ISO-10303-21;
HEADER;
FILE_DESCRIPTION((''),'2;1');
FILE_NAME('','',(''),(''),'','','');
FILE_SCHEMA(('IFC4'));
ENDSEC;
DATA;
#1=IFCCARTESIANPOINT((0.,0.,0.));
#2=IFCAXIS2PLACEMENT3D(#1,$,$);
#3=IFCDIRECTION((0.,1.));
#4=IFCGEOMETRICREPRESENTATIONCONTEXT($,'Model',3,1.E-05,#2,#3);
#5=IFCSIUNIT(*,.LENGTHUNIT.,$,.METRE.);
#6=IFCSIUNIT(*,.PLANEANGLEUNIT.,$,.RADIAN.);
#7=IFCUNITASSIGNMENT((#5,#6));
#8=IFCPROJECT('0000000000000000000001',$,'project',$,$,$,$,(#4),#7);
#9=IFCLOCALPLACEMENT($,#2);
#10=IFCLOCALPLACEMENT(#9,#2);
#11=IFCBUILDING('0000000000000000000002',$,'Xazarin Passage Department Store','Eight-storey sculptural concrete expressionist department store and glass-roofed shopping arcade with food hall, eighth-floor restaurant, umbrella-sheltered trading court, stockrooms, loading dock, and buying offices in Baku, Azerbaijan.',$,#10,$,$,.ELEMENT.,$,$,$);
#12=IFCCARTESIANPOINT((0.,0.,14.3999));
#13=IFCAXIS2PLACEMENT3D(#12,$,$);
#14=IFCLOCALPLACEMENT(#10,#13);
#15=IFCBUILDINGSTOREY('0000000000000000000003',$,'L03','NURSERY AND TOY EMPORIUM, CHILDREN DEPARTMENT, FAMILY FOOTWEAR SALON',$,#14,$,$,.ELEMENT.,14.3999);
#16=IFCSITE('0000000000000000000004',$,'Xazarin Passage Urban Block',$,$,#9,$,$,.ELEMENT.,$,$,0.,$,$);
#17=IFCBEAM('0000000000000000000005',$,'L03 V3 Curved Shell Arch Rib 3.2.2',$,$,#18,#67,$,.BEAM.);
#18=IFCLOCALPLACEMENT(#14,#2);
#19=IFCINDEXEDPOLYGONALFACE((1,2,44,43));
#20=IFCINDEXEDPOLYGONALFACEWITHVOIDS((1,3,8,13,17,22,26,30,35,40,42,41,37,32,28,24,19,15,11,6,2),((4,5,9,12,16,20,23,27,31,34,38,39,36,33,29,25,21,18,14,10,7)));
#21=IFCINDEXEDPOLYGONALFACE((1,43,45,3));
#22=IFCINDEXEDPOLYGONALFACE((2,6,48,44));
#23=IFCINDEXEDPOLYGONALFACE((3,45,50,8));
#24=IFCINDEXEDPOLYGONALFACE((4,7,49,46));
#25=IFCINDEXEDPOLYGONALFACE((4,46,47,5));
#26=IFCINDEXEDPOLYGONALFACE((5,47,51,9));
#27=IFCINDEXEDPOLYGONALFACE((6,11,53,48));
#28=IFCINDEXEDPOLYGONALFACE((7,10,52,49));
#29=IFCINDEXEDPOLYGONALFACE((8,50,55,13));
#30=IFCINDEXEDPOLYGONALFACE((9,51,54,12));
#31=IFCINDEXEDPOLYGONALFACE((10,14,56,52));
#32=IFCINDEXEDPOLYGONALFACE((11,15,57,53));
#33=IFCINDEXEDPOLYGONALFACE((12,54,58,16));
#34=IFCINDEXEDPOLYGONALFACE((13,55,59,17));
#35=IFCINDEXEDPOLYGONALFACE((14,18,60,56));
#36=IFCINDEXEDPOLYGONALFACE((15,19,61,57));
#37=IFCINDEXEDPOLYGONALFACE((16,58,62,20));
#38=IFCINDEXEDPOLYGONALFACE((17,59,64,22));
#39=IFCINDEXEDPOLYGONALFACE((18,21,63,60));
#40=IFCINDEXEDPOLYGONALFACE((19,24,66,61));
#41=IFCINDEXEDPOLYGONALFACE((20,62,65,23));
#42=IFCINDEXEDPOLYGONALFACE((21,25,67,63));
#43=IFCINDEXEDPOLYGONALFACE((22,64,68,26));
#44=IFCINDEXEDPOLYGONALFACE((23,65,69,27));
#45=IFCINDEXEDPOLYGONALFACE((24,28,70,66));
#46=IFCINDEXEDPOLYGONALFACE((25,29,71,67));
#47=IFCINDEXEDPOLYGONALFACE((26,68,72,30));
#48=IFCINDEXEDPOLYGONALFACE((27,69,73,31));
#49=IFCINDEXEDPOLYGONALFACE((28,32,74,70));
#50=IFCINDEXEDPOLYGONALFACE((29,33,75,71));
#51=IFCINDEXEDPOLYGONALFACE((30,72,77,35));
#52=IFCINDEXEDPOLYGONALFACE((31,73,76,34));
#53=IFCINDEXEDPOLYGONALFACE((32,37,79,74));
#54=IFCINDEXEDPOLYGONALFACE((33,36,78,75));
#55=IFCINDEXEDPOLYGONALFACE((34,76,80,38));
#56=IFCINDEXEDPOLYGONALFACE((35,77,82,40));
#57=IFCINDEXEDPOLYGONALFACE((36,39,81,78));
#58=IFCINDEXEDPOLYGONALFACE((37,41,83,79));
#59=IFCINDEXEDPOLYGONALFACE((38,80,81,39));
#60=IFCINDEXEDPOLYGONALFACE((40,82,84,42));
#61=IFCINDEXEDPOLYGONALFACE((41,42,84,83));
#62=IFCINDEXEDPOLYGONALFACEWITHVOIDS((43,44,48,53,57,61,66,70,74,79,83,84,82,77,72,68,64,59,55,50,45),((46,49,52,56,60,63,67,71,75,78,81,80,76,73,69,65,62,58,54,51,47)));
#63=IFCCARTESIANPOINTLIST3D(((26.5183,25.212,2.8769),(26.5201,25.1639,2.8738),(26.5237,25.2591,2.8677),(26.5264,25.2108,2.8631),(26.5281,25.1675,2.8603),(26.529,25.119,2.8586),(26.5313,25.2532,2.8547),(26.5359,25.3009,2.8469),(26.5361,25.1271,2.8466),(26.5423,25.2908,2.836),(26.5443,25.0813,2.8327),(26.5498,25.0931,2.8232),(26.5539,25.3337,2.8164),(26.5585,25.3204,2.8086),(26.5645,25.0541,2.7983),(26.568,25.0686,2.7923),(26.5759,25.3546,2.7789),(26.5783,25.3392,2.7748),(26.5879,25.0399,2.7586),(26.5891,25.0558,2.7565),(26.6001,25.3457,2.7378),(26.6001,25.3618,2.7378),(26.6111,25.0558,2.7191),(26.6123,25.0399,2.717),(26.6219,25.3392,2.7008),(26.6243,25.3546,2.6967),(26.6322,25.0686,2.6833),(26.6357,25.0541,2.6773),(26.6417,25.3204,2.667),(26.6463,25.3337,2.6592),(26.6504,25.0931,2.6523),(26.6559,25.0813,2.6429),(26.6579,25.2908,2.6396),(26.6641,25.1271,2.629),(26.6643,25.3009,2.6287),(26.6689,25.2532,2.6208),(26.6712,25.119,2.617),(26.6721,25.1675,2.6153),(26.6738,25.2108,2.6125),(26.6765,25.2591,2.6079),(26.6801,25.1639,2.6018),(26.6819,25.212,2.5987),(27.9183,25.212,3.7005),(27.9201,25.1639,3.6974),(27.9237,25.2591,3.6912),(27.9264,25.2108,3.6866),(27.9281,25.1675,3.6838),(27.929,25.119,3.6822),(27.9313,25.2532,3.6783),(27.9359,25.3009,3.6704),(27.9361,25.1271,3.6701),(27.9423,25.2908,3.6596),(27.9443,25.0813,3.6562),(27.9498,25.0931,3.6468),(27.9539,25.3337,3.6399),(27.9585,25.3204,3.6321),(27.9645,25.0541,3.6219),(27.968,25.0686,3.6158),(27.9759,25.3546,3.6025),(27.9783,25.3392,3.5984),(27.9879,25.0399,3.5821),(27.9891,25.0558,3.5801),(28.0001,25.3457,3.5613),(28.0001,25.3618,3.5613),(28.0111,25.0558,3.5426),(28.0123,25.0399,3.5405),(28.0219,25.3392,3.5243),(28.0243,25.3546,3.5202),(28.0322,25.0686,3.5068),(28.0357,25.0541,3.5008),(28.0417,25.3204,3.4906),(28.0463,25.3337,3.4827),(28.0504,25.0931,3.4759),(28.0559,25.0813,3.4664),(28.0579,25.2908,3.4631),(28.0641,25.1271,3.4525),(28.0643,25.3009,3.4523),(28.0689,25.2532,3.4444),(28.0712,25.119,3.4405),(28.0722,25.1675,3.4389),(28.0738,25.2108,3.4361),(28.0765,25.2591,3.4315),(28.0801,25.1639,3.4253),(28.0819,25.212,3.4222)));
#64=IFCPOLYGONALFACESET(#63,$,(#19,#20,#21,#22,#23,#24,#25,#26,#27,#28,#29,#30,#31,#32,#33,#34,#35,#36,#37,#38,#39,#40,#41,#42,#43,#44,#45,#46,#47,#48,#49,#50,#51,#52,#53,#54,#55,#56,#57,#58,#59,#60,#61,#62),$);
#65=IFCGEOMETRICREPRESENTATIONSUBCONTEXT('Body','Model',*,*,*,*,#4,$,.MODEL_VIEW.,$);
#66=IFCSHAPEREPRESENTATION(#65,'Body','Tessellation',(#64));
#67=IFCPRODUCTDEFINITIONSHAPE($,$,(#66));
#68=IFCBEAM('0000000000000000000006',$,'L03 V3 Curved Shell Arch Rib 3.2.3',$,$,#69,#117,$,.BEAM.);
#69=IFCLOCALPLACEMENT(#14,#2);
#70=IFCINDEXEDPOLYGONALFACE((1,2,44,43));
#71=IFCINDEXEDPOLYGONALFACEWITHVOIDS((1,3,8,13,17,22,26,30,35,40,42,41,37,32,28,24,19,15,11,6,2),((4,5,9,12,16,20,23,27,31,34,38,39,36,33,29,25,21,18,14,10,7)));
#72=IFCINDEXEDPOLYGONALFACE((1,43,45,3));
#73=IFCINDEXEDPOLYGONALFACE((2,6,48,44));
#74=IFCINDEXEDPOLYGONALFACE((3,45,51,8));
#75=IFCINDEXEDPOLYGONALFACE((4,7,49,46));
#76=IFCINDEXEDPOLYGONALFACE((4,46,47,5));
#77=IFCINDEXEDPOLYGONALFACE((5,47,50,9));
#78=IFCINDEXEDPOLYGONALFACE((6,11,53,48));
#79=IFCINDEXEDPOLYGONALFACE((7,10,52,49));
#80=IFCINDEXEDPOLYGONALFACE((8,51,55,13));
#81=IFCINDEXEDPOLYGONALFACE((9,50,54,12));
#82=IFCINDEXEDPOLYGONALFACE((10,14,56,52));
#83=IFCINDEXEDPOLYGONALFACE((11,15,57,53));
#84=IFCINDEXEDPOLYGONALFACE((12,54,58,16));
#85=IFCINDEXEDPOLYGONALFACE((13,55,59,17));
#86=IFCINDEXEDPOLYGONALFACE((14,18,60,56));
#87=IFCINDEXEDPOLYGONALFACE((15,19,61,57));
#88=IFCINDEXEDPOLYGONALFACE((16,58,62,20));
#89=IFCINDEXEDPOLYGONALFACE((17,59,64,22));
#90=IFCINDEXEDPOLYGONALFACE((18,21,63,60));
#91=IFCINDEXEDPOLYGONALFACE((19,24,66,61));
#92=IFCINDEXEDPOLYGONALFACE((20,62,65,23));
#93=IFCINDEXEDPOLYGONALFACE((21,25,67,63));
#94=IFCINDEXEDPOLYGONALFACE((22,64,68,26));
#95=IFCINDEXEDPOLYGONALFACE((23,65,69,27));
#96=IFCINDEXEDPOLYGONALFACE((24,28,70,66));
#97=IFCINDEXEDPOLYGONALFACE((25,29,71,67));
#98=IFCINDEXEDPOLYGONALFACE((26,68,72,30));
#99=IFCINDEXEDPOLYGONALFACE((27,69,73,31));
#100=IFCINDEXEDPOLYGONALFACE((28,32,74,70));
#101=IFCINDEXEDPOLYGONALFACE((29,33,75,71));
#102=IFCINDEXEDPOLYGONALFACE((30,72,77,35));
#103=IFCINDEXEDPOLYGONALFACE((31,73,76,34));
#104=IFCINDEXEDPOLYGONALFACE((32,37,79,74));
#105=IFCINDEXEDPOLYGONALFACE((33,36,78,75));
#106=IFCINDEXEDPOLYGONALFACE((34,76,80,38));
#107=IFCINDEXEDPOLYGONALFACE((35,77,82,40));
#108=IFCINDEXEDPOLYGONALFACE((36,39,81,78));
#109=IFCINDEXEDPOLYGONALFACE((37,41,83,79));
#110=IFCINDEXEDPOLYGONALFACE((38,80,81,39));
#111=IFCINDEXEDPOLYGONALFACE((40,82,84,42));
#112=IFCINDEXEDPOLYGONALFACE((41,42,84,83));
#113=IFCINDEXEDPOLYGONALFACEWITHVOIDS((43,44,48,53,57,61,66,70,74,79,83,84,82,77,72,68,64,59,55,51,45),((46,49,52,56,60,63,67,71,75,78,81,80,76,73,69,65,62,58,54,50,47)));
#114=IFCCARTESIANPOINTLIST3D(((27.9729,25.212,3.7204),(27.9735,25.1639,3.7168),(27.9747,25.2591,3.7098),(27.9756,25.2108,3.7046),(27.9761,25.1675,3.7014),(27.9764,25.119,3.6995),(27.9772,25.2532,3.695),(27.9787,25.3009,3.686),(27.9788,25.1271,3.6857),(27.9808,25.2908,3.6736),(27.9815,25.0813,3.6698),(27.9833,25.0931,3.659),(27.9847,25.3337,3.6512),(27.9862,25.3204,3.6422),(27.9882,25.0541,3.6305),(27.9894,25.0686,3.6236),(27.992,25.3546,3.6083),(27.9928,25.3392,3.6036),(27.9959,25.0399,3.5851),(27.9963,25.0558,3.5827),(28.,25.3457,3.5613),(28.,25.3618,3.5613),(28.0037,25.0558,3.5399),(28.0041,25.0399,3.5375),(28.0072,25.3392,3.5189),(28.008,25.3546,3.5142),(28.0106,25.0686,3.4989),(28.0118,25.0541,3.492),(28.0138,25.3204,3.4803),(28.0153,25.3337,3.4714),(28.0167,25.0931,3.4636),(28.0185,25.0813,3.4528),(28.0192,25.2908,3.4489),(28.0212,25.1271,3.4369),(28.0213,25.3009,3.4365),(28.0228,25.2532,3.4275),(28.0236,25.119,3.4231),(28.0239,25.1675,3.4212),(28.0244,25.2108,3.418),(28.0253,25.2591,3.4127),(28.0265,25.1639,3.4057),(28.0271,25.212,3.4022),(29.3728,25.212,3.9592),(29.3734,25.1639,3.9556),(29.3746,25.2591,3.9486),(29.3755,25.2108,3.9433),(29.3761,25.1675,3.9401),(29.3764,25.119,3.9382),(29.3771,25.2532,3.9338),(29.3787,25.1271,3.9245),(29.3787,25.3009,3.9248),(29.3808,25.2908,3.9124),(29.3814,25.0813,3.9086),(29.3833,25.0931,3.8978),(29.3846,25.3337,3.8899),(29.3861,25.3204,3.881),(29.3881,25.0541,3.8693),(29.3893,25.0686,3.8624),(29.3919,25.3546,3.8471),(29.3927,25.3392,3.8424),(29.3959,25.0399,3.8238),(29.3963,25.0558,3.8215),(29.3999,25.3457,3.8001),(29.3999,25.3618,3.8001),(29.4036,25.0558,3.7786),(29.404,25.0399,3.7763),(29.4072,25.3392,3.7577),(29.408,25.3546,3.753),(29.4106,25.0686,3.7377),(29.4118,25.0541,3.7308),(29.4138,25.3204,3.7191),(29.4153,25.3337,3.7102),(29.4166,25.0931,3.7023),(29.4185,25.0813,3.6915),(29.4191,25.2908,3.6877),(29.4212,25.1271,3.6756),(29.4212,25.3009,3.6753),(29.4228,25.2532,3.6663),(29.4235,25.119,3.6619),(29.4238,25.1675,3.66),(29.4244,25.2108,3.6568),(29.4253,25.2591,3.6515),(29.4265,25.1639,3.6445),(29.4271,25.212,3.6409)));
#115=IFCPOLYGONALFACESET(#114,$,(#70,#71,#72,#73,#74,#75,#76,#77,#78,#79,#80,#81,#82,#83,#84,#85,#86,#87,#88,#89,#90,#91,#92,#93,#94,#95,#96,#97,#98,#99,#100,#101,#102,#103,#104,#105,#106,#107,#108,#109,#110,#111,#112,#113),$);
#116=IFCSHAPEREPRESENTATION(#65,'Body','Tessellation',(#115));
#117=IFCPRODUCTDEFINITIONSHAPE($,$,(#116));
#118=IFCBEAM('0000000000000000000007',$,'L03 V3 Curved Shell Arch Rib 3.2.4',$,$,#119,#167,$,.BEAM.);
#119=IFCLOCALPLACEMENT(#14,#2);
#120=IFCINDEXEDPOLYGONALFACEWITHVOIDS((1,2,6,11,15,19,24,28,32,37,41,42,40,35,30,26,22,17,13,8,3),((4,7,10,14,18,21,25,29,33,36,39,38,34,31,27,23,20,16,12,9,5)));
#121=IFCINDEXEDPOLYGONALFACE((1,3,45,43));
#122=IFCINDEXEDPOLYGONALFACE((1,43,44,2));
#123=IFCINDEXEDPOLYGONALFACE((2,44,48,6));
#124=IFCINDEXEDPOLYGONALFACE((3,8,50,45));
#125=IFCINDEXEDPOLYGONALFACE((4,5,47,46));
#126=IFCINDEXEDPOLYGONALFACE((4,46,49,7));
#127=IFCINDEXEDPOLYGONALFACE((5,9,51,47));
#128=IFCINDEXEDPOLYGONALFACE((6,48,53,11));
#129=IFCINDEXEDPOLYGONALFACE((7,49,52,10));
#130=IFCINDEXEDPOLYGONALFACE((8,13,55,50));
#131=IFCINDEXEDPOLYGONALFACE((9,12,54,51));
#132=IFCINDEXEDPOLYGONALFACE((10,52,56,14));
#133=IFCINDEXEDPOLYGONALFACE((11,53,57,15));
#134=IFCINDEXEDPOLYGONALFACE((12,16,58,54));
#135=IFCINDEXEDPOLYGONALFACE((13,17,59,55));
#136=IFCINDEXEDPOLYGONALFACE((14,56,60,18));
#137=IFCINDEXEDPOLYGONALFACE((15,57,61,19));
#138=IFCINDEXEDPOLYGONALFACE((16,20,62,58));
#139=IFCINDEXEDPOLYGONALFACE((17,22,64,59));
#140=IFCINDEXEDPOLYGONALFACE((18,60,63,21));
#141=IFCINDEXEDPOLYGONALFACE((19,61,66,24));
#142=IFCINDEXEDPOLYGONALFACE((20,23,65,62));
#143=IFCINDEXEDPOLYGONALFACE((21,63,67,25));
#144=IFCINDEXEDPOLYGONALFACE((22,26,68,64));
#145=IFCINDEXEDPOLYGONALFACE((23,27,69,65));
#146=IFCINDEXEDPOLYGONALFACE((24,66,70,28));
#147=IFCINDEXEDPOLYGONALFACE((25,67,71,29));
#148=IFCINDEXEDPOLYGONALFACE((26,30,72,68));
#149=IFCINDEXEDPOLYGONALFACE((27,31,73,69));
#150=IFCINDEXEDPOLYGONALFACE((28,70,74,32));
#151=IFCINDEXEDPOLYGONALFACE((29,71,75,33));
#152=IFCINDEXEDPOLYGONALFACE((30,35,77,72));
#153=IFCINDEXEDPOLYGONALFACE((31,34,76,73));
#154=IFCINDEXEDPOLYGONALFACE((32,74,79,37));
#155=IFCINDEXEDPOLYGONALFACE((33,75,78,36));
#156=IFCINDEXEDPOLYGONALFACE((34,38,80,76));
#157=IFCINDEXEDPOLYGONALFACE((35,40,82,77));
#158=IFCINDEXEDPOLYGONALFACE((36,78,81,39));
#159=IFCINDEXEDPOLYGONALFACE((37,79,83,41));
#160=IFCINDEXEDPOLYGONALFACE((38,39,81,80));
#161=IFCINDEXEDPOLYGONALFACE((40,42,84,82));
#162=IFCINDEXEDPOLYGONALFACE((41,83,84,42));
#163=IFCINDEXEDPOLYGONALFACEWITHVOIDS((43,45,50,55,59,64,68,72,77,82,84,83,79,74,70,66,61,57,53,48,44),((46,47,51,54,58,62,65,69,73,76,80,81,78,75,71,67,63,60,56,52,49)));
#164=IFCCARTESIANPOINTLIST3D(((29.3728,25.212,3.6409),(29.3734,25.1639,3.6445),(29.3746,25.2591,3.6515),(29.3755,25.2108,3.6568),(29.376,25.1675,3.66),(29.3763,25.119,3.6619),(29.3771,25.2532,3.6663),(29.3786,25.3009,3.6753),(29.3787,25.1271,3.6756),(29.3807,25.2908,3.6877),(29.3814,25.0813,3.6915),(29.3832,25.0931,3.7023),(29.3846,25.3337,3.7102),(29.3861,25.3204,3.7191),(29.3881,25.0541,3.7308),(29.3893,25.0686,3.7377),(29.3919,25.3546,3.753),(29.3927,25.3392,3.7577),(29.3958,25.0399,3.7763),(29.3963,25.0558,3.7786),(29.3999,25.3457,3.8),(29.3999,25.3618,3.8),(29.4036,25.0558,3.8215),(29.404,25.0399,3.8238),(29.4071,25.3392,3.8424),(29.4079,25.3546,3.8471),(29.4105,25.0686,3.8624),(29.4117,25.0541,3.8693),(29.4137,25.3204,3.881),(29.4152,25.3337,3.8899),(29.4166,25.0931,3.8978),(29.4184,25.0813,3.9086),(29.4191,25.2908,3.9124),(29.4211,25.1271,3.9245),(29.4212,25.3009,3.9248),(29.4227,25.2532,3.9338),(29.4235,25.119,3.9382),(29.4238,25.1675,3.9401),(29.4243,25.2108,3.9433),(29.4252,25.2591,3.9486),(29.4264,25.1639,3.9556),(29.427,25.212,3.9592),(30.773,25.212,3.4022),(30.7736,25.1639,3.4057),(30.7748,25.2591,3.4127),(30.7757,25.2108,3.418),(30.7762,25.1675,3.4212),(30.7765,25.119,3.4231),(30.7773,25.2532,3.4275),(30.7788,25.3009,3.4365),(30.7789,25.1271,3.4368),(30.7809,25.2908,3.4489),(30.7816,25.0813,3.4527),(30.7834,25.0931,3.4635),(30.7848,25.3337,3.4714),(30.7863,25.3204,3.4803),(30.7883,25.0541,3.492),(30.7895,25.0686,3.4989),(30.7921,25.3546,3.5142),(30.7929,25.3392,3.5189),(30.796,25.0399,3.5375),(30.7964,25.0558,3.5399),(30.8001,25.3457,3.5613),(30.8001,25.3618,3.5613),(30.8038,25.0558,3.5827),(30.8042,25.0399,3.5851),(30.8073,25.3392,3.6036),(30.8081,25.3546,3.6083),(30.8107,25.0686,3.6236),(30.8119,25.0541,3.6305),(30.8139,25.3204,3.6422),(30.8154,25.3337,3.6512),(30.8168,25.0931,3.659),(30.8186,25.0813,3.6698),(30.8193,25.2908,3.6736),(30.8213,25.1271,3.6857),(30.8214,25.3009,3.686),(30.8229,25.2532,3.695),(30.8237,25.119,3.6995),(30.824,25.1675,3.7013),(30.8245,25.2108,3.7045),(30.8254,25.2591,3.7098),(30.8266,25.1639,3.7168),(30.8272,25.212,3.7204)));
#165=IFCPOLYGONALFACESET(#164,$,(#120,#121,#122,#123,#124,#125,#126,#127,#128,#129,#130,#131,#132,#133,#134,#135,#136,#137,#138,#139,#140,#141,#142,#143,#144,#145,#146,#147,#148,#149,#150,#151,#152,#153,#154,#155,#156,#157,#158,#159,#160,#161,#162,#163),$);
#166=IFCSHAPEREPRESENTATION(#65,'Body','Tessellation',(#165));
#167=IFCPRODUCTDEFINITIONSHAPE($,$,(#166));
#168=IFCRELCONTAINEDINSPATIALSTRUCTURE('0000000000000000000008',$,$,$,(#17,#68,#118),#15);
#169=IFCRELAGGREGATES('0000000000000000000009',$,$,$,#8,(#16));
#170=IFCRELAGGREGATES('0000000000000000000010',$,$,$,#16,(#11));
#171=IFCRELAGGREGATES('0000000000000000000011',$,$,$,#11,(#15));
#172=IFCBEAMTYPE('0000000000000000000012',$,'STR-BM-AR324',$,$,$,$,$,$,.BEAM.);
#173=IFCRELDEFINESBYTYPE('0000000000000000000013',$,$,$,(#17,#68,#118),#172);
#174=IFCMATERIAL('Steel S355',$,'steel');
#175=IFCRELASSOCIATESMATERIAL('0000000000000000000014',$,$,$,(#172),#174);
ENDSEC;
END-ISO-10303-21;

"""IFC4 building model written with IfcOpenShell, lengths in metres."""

from ifc_helpers import new_model, si_unit, direction, frame, origin, origin_2d, place, context, subcontext, project, spatial, hollow_circle, extrude, material, material_profile, profile_set, type_object, element, save


model = new_model("IFC4")

# Units and contexts
model_context = context("Model", 3, precision=1e-05, world=origin(), true_north=direction((0.0, 1.0)))
body_context = subcontext(model_context, "Body", "Model", "MODEL_VIEW")
ifc_project = project(units=[si_unit("LENGTHUNIT", "METRE"), si_unit("PLANEANGLEUNIT", "RADIAN")], contexts=[model_context])

# Site, building, storey
site_placement = place(None, origin())
site = spatial("IfcSite", under=ifc_project, at=site_placement, Name="Xazarin Passage Urban Block", CompositionType="ELEMENT", RefElevation=0.0)
building_placement = place(site_placement, origin())
building = spatial("IfcBuilding", under=site, at=building_placement, Name="Xazarin Passage Department Store", Description="Eight-storey sculptural concrete expressionist department store and glass-roofed shopping arcade with food hall, eighth-floor restaurant, umbrella-sheltered trading court, stockrooms, loading dock, and buying offices in Baku, Azerbaijan.", CompositionType="ELEMENT")
storey_placement = place(building_placement, frame((0.0, 0.0, 14.3999)))
storey = spatial("IfcBuildingStorey", under=building, at=storey_placement, Name="L03", Description="NURSERY AND TOY EMPORIUM, CHILDREN DEPARTMENT, FAMILY FOOTWEAR SALON", CompositionType="ELEMENT", Elevation=14.3999)

# Beams
ifc_material_1 = material(Name="Steel S355", Category="steel")
ifc_material_profile_1 = material_profile(ifc_material_1, hollow_circle(Radius=0.1619, WallThickness=0.0161, at=origin_2d()), Name="CHS 323.9x16")
ifc_profile_set_1 = profile_set([ifc_material_profile_1], Name="Steel S355")
beam_type_1 = type_object("IfcBeamType", Name="STR-BM-AR324", PredefinedType="BEAM", material=ifc_profile_set_1)
beam_1_placement = place(storey_placement, frame((26.6001, 25.2, 2.7378), z_axis=(0.86193, 0.0, 0.507027), x_axis=(0.0, 1.0, 0.0)))
element("IfcBeam", 1, at=beam_1_placement, inside=storey, type_object=beam_type_1, Name="L03 V3 Curved Shell Arch Rib 3.2.2", PredefinedType="BEAM", context=body_context, shape_type="SweptSolid", body=[
    extrude(hollow_circle(Radius=0.1619, WallThickness=0.0161, at=origin_2d()), origin(), (0.0, 0.0, 1.0), 1.6243),
])
beam_2_placement = place(storey_placement, frame((28.0, 25.2, 3.5613), z_axis=(0.985764, 0.0, 0.168133), x_axis=(0.0, 1.0, 0.0)))
element("IfcBeam", 2, at=beam_2_placement, inside=storey, type_object=beam_type_1, Name="L03 V3 Curved Shell Arch Rib 3.2.3", PredefinedType="BEAM", context=body_context, shape_type="SweptSolid", body=[
    extrude(hollow_circle(Radius=0.1619, WallThickness=0.0161, at=origin_2d()), origin(), (0.0, 0.0, 1.0), 1.4202),
])
beam_3_placement = place(storey_placement, frame((29.3999, 25.2, 3.8), z_axis=(0.985769, 0.0, -0.168105), x_axis=(0.0, 1.0, 0.0)))
element("IfcBeam", 3, at=beam_3_placement, inside=storey, type_object=beam_type_1, Name="L03 V3 Curved Shell Arch Rib 3.2.4", PredefinedType="BEAM", context=body_context, shape_type="SweptSolid", body=[
    extrude(hollow_circle(Radius=0.1619, WallThickness=0.0161, at=origin_2d()), origin(), (0.0, 0.0, 1.0), 1.4204),
])

save(model, "model.ifc")
